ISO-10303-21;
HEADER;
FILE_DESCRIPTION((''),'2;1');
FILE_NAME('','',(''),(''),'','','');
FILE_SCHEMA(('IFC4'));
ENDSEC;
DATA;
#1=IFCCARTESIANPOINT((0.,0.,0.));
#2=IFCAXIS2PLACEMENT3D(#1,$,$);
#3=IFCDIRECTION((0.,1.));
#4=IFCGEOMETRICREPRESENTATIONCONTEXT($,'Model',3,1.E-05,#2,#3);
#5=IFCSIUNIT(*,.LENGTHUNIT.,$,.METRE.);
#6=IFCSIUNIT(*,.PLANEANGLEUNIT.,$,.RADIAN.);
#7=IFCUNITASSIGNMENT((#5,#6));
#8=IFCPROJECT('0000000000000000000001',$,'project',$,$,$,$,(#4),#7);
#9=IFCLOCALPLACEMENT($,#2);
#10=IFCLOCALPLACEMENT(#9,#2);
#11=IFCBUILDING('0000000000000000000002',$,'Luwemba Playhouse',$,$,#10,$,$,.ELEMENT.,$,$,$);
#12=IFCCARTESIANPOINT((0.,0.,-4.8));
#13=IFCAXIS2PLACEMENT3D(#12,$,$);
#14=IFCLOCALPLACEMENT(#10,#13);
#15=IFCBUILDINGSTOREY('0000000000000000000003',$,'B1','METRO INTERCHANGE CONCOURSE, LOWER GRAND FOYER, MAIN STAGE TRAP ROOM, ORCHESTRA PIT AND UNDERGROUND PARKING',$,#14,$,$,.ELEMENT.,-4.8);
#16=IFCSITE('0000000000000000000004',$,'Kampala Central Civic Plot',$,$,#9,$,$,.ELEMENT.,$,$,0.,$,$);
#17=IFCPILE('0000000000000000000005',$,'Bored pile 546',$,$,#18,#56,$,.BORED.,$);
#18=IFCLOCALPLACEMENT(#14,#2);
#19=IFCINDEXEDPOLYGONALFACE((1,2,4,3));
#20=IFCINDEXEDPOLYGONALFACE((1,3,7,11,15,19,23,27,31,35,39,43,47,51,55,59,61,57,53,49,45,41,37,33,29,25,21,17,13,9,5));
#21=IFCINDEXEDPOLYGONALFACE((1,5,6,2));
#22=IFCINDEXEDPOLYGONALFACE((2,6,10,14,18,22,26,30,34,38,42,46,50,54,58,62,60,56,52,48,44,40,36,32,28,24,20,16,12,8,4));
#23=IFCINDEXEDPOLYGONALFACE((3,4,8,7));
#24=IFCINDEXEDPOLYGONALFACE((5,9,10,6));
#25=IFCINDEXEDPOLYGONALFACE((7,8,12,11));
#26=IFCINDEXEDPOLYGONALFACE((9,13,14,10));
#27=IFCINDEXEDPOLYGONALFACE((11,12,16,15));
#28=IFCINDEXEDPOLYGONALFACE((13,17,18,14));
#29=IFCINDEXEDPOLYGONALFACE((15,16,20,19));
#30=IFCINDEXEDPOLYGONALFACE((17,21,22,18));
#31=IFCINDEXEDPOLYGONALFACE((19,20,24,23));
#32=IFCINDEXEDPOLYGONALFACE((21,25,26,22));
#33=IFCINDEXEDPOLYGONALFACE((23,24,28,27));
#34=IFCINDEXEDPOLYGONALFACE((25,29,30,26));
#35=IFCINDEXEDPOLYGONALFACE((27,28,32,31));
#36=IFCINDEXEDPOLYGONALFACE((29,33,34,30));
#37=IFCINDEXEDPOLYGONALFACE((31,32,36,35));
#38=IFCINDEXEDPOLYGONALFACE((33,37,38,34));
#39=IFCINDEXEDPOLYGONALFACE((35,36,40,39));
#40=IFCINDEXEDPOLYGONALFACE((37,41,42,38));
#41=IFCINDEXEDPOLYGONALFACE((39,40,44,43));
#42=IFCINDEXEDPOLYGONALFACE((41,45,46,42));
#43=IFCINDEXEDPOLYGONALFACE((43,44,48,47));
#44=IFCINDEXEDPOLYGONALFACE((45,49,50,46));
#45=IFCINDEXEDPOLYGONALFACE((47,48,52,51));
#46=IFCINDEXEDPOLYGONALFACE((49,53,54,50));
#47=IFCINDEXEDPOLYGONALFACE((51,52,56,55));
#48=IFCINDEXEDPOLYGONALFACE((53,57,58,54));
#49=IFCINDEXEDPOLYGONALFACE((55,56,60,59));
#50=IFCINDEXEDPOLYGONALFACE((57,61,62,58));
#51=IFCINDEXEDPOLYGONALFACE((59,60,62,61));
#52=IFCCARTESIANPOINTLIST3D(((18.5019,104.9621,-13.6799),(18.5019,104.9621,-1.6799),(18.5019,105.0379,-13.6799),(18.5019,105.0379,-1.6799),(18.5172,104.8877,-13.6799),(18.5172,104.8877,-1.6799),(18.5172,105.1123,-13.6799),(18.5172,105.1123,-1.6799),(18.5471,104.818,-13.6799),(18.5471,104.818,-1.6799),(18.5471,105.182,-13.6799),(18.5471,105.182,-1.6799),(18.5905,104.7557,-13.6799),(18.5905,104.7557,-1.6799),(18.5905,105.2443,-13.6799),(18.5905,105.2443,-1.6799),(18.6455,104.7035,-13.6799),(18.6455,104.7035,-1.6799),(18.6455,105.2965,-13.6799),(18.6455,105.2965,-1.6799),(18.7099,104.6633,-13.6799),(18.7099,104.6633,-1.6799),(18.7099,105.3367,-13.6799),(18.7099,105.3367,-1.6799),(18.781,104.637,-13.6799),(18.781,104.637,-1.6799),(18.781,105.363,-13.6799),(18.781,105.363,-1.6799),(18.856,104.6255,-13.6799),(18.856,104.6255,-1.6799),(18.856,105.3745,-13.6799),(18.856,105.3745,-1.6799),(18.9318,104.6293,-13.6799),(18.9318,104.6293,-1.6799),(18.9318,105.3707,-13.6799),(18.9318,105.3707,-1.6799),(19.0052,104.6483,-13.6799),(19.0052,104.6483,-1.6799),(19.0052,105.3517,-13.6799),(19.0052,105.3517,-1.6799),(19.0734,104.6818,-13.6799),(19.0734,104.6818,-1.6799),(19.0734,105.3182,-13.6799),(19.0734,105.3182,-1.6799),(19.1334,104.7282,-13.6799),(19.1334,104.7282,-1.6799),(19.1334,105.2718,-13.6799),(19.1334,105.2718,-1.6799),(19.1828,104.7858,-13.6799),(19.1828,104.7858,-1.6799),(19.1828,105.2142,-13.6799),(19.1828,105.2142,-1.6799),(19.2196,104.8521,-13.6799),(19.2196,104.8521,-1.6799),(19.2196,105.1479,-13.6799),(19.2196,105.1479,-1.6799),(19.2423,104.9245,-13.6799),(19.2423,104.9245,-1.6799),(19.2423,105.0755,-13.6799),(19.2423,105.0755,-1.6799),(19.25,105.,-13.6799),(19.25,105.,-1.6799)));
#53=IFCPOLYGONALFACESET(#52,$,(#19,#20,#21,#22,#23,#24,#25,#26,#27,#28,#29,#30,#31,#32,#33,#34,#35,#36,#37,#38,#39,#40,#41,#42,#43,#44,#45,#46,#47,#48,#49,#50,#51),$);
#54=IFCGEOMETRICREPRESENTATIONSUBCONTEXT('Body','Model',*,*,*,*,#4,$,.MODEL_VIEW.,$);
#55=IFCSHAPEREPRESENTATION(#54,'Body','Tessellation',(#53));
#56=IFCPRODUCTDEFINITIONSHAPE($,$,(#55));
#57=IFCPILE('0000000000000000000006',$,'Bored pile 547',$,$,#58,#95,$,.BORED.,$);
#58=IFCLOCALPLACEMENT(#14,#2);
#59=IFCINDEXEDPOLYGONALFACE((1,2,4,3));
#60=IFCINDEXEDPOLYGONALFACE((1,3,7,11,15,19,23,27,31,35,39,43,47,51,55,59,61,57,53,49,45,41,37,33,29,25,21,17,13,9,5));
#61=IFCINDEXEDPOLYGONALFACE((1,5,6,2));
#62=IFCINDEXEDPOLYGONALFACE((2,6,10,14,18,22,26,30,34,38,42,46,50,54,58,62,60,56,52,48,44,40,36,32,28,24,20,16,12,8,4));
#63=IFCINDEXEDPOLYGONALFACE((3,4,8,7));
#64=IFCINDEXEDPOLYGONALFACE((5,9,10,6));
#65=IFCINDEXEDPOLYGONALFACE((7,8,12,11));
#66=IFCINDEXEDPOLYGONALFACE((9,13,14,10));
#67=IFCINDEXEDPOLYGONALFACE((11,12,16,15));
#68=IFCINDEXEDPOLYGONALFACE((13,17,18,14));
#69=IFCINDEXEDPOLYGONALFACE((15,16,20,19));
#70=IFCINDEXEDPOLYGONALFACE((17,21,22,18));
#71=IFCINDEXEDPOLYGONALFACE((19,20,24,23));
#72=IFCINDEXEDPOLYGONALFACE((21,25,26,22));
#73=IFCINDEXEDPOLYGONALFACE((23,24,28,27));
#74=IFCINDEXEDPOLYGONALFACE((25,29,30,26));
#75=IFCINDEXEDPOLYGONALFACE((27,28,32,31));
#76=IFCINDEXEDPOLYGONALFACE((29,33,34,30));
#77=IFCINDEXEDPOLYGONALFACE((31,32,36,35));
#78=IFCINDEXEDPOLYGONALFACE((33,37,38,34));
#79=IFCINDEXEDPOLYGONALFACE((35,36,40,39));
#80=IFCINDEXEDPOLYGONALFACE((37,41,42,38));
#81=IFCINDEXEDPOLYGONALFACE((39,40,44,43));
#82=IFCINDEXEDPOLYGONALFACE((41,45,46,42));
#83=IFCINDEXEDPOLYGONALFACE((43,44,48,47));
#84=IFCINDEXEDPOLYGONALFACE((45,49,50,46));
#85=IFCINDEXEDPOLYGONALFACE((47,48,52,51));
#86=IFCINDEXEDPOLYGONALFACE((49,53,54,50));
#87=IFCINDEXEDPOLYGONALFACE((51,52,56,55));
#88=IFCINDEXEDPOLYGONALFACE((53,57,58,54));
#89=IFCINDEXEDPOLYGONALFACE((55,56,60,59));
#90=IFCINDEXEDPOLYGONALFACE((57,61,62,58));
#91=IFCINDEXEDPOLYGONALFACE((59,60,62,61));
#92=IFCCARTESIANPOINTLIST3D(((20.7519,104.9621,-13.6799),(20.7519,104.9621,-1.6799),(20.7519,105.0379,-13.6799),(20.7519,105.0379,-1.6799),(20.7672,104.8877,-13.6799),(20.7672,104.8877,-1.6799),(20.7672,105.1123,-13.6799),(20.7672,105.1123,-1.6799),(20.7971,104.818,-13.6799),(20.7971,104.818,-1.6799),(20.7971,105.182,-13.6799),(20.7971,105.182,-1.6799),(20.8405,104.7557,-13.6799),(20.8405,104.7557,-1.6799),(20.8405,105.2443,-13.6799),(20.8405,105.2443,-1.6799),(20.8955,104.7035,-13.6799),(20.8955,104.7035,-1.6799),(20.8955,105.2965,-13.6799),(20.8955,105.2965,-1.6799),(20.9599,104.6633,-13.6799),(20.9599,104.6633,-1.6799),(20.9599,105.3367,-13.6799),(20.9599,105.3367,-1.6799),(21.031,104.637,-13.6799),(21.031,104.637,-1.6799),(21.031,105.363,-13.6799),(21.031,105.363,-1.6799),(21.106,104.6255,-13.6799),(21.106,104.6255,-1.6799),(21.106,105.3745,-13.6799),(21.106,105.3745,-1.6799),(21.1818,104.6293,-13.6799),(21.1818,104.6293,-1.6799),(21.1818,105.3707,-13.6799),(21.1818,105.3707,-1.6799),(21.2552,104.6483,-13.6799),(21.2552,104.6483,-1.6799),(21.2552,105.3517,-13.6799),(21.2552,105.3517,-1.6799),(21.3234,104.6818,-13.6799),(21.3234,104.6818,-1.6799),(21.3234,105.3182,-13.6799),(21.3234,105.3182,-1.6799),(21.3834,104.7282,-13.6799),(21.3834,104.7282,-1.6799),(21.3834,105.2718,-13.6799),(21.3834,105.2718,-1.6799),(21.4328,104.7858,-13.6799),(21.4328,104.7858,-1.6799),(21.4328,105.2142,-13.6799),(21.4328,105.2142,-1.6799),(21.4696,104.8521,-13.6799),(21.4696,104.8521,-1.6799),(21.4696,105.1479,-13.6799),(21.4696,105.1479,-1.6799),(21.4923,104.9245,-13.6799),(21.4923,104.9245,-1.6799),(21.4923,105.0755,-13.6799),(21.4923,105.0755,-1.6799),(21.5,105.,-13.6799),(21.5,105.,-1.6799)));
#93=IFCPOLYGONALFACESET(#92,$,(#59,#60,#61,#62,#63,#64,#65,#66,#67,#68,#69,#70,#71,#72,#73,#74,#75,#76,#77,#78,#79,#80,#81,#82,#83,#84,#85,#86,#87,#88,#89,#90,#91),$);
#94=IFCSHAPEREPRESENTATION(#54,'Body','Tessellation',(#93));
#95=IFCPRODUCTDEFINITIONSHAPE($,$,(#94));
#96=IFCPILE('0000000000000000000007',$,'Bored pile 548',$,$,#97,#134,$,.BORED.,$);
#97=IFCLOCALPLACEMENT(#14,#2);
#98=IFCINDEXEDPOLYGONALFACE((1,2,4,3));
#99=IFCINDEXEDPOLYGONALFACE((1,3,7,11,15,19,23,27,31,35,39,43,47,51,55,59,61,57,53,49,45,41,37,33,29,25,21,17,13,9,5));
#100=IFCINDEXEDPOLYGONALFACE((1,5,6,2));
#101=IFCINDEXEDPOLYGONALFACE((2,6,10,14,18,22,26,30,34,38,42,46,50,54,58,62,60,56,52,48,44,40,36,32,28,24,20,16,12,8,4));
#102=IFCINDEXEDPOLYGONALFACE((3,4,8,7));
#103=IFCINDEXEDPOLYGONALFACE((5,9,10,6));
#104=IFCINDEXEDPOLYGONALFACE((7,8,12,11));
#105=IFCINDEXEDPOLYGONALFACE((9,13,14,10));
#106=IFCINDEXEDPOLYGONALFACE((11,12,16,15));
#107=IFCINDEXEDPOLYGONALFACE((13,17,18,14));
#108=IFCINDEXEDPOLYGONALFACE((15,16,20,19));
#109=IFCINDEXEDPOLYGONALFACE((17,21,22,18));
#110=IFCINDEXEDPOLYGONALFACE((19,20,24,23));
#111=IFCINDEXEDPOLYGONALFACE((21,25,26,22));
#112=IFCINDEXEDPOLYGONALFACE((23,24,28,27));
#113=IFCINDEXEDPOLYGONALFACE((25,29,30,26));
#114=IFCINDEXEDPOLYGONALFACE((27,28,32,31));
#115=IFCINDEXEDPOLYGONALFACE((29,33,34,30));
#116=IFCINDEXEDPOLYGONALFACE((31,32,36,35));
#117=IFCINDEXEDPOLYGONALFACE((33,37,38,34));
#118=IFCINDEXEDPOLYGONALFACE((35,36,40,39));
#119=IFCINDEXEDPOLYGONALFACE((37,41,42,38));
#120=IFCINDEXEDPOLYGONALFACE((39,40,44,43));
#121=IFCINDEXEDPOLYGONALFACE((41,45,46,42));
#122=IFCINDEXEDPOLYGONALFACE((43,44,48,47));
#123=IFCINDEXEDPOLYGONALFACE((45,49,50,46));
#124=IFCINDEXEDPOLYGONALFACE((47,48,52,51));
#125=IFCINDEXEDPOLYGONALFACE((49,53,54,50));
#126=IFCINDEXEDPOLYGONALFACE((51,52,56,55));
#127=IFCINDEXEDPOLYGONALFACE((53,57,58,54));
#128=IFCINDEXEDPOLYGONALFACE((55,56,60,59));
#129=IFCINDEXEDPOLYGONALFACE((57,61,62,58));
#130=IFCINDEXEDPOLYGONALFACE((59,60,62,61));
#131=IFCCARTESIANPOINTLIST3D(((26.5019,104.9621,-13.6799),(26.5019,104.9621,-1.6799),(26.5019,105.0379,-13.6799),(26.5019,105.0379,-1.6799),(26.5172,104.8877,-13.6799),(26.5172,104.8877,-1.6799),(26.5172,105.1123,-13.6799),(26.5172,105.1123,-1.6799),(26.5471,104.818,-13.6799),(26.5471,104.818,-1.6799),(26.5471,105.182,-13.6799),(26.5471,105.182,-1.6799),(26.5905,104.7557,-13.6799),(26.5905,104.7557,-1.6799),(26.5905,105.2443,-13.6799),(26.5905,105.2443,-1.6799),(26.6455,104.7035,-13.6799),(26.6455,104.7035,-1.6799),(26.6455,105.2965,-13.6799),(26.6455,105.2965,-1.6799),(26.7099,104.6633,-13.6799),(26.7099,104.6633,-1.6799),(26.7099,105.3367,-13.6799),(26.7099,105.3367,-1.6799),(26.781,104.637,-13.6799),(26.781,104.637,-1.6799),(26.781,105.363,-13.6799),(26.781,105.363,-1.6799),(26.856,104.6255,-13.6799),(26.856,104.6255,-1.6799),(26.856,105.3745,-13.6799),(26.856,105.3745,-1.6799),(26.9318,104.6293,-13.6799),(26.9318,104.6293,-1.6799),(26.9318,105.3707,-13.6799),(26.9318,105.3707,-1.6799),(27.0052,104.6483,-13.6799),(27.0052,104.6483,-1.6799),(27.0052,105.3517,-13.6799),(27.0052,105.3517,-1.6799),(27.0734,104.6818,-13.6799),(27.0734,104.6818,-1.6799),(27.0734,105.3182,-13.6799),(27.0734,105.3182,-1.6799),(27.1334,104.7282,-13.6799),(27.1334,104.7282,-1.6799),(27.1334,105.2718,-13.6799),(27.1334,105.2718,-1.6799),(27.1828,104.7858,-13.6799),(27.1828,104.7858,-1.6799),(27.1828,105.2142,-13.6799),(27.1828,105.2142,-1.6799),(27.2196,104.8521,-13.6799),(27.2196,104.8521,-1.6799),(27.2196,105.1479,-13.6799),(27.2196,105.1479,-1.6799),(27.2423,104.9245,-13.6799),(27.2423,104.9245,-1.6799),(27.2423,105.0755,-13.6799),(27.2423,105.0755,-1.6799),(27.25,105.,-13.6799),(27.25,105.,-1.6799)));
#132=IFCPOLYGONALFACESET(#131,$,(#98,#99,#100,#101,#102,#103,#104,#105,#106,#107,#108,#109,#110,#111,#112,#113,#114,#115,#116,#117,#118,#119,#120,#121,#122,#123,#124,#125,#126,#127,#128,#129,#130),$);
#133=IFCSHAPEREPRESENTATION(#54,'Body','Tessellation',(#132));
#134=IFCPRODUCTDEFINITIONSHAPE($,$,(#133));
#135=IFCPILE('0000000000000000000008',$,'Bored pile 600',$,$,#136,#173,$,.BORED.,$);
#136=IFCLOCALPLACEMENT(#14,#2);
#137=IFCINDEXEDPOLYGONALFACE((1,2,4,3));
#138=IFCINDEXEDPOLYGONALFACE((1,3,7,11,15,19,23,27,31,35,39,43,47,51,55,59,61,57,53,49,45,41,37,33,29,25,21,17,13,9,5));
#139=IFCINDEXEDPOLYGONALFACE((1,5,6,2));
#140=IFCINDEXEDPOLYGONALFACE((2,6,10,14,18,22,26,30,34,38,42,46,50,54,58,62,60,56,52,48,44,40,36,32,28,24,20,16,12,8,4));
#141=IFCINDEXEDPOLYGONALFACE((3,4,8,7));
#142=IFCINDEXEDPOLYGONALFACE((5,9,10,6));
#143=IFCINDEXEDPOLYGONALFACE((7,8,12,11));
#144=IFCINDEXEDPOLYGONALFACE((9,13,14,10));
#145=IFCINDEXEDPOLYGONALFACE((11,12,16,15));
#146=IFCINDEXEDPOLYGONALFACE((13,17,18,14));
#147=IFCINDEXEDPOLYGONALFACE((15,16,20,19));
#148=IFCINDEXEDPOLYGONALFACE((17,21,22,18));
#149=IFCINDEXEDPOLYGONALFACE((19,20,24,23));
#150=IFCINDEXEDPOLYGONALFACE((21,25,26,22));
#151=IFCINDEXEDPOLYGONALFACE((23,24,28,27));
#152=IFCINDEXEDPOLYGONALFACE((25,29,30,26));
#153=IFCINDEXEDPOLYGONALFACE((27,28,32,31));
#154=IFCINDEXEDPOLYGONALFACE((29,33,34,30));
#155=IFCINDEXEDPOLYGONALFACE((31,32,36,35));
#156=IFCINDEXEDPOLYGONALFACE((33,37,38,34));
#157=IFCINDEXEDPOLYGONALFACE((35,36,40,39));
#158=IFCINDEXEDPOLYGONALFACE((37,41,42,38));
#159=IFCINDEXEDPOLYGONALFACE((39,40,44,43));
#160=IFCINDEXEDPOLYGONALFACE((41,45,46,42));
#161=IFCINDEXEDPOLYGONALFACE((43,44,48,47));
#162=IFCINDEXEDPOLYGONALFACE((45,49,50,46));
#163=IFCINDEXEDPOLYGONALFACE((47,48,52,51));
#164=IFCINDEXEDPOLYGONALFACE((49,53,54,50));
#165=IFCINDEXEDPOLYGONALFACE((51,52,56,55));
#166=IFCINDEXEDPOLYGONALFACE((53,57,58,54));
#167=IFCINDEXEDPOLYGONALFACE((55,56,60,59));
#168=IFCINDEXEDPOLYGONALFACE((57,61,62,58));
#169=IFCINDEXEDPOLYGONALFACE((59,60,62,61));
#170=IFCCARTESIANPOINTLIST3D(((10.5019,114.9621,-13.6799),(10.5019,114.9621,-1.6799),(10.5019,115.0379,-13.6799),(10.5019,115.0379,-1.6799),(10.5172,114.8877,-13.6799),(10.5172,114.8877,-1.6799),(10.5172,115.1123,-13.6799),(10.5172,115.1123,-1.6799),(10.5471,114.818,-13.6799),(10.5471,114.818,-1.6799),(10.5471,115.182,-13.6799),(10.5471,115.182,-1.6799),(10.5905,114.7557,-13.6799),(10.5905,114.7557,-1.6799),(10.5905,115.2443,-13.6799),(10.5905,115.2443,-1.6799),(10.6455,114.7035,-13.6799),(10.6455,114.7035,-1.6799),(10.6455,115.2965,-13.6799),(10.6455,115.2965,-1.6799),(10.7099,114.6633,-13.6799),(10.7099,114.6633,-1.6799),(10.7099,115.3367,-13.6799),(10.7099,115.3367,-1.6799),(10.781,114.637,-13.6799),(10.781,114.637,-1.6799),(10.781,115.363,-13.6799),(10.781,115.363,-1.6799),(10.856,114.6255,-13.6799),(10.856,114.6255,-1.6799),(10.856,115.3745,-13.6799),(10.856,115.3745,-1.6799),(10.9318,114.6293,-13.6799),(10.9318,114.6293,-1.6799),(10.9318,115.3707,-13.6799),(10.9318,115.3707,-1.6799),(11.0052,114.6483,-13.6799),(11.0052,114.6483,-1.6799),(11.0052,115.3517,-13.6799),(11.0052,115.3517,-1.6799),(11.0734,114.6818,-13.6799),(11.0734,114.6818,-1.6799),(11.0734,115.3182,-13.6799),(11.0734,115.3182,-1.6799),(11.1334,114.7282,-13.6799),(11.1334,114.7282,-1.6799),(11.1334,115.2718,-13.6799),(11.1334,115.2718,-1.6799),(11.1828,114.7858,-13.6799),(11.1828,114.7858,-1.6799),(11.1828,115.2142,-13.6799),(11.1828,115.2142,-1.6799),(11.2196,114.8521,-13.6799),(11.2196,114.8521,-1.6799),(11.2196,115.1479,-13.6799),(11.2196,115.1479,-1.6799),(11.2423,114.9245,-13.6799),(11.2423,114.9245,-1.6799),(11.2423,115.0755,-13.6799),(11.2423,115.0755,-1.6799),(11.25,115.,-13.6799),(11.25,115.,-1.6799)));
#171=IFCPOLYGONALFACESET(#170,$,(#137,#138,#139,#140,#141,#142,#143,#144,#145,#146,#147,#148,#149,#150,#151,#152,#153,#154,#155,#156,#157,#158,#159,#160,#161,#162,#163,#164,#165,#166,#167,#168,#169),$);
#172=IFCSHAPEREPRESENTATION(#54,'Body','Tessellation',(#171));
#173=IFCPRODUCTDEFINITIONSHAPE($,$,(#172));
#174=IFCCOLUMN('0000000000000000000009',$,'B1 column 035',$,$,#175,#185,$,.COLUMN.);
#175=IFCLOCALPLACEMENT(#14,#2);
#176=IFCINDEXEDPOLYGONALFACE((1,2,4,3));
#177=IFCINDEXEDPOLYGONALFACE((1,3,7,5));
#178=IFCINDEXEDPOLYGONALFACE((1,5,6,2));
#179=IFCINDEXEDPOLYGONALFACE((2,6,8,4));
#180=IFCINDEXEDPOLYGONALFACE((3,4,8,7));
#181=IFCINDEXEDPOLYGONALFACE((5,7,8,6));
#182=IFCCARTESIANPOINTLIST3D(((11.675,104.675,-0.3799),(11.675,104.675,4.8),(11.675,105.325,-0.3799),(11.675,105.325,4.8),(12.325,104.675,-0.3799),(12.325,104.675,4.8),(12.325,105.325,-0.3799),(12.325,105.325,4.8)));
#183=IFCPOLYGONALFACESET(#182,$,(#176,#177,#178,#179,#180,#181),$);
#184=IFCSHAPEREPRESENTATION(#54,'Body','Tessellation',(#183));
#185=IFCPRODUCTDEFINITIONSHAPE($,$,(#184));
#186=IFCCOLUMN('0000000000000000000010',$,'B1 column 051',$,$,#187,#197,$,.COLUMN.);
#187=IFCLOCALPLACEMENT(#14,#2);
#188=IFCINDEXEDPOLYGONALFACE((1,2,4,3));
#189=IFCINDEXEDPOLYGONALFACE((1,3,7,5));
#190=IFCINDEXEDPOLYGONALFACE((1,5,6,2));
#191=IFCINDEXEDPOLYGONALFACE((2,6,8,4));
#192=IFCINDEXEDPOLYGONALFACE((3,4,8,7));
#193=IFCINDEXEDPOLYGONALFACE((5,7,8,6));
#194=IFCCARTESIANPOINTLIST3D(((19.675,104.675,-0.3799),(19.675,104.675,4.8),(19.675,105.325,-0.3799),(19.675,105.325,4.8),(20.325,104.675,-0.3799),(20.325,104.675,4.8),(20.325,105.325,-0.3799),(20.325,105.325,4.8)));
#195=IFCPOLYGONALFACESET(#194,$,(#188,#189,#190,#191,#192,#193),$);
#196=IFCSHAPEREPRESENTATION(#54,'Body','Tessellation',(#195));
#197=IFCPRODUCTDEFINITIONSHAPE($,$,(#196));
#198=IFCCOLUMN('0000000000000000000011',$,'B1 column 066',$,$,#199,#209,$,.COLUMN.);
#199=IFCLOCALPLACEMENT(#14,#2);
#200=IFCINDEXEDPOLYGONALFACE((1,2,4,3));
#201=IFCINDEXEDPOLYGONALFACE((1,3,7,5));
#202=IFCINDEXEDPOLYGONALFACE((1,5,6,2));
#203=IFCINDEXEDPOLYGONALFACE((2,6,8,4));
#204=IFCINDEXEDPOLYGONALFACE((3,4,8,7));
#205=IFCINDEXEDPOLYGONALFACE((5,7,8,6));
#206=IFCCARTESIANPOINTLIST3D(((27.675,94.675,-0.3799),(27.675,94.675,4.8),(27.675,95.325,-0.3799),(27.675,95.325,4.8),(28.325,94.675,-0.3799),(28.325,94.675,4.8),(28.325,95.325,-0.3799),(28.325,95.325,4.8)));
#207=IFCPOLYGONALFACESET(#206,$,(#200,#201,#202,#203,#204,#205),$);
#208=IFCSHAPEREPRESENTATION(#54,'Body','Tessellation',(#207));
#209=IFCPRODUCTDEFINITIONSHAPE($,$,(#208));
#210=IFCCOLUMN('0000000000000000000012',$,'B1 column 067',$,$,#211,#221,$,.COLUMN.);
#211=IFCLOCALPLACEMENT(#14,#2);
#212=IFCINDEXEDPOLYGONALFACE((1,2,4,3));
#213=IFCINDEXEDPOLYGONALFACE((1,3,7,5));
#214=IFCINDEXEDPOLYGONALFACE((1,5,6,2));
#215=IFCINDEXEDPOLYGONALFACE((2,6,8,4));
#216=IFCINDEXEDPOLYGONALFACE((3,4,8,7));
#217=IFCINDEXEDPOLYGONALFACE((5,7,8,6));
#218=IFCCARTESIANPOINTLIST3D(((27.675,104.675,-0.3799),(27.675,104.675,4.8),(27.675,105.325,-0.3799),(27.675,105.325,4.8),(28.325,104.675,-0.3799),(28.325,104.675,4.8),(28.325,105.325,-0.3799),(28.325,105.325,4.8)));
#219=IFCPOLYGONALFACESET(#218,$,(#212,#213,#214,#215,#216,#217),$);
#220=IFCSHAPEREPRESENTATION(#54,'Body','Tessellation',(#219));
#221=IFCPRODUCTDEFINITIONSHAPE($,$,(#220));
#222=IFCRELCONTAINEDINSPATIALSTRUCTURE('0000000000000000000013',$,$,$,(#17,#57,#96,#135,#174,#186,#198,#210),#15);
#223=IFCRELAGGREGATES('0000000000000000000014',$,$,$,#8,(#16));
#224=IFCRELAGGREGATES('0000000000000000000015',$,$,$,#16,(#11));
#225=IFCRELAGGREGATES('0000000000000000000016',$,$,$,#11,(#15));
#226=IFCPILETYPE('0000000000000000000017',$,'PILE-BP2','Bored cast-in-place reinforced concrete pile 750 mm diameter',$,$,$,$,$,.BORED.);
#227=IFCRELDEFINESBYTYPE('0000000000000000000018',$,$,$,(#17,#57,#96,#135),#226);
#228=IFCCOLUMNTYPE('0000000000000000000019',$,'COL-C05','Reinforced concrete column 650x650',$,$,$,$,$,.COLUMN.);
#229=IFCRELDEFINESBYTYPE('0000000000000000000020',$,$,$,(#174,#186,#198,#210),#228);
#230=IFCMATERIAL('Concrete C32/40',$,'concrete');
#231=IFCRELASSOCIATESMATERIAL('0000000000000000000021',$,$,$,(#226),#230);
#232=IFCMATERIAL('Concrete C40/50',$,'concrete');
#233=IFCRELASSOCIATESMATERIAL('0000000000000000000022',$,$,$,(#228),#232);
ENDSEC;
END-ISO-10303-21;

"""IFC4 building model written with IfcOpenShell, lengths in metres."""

from ifc_helpers import new_model, si_unit, direction, frame, origin, origin_2d, place, context, subcontext, project, spatial, rectangle, circle, extrude, material, material_profile, profile_set, type_object, element, save


model = new_model("IFC4")

# Units and contexts
model_context = context("Model", 3, precision=1e-05, world=origin(), true_north=direction((0.0, 1.0)))
body_context = subcontext(model_context, "Body", "Model", "MODEL_VIEW")
ifc_project = project(units=[si_unit("LENGTHUNIT", "METRE"), si_unit("PLANEANGLEUNIT", "RADIAN")], contexts=[model_context])

# Site, building, storey
site_placement = place(None, origin())
site = spatial("IfcSite", under=ifc_project, at=site_placement, Name="Kampala Central Civic Plot", CompositionType="ELEMENT", RefElevation=0.0)
building_placement = place(site_placement, origin())
building = spatial("IfcBuilding", under=site, at=building_placement, Name="Luwemba Playhouse", CompositionType="ELEMENT")
storey_placement = place(building_placement, frame((0.0, 0.0, -4.8)))
storey = spatial("IfcBuildingStorey", under=building, at=storey_placement, Name="B1", Description="METRO INTERCHANGE CONCOURSE, LOWER GRAND FOYER, MAIN STAGE TRAP ROOM, ORCHESTRA PIT AND UNDERGROUND PARKING", CompositionType="ELEMENT", Elevation=-4.8)

# Shared definitions
ifc_material_1 = material(Name="Concrete C32/40", Category="concrete")

# Piles
ifc_material_profile_1 = material_profile(ifc_material_1, circle(Radius=0.375, at=origin_2d()))
ifc_profile_set_1 = profile_set([ifc_material_profile_1], Name="Concrete C32/40")
pile_type = type_object("IfcPileType", Name="PILE-BP2", Description="Bored cast-in-place reinforced concrete pile 750 mm diameter", PredefinedType="BORED", material=ifc_profile_set_1)
for number, where, z_axis, x_axis, name in (
    (1, (18.875, 105.0, -1.6799), (0.0, 0.0, -1.0), (1.0, 0.0, 0.0), "Bored pile 546"),
    (2, (21.125, 105.0, -1.6799), (0.0, 0.0, -1.0), (1.0, 0.0, 0.0), "Bored pile 547"),
    (3, (26.875, 105.0, -1.6799), (0.0, 0.0, -1.0), (1.0, 0.0, 0.0), "Bored pile 548"),
    (4, (10.875, 115.0, -1.6799), (0.0, 0.0, -1.0), (1.0, 0.0, 0.0), "Bored pile 600"),
):
    element("IfcPile", number, at=place(storey_placement, frame(where, z_axis=z_axis, x_axis=x_axis)), inside=storey, type_object=pile_type, Name=name, PredefinedType="BORED", context=body_context, shape_type="SweptSolid", body=[
        extrude(circle(Radius=0.375, at=origin_2d()), origin(), (0.0, 0.0, 1.0), 12.0),
    ])

# Columns
ifc_material_2 = material(Name="Concrete C40/50", Category="concrete")
ifc_material_profile_2 = material_profile(ifc_material_2, rectangle(XDim=0.6499, YDim=0.6499, at=origin_2d()))
ifc_profile_set_2 = profile_set([ifc_material_profile_2], Name="Concrete C40/50")
column_type = type_object("IfcColumnType", Name="COL-C05", Description="Reinforced concrete column 650x650", PredefinedType="COLUMN", material=ifc_profile_set_2)
for number, where, z_axis, x_axis, name in (
    (5, (12.0, 105.0, -0.3799), (0.0, 0.0, 1.0), (1.0, 0.0, 0.0), "B1 column 035"),
    (6, (20.0, 105.0, -0.3799), (0.0, 0.0, 1.0), (1.0, 0.0, 0.0), "B1 column 051"),
    (7, (28.0, 95.0, -0.3799), (0.0, 0.0, 1.0), (1.0, 0.0, 0.0), "B1 column 066"),
    (8, (28.0, 105.0, -0.3799), (0.0, 0.0, 1.0), (1.0, 0.0, 0.0), "B1 column 067"),
):
    element("IfcColumn", number, at=place(storey_placement, frame(where, z_axis=z_axis, x_axis=x_axis)), inside=storey, type_object=column_type, Name=name, PredefinedType="COLUMN", context=body_context, shape_type="SweptSolid", body=[
        extrude(rectangle(XDim=0.6499, YDim=0.6499, at=origin_2d()), origin(), (0.0, 0.0, 1.0), 5.1799),
    ])

save(model, "model.ifc")
